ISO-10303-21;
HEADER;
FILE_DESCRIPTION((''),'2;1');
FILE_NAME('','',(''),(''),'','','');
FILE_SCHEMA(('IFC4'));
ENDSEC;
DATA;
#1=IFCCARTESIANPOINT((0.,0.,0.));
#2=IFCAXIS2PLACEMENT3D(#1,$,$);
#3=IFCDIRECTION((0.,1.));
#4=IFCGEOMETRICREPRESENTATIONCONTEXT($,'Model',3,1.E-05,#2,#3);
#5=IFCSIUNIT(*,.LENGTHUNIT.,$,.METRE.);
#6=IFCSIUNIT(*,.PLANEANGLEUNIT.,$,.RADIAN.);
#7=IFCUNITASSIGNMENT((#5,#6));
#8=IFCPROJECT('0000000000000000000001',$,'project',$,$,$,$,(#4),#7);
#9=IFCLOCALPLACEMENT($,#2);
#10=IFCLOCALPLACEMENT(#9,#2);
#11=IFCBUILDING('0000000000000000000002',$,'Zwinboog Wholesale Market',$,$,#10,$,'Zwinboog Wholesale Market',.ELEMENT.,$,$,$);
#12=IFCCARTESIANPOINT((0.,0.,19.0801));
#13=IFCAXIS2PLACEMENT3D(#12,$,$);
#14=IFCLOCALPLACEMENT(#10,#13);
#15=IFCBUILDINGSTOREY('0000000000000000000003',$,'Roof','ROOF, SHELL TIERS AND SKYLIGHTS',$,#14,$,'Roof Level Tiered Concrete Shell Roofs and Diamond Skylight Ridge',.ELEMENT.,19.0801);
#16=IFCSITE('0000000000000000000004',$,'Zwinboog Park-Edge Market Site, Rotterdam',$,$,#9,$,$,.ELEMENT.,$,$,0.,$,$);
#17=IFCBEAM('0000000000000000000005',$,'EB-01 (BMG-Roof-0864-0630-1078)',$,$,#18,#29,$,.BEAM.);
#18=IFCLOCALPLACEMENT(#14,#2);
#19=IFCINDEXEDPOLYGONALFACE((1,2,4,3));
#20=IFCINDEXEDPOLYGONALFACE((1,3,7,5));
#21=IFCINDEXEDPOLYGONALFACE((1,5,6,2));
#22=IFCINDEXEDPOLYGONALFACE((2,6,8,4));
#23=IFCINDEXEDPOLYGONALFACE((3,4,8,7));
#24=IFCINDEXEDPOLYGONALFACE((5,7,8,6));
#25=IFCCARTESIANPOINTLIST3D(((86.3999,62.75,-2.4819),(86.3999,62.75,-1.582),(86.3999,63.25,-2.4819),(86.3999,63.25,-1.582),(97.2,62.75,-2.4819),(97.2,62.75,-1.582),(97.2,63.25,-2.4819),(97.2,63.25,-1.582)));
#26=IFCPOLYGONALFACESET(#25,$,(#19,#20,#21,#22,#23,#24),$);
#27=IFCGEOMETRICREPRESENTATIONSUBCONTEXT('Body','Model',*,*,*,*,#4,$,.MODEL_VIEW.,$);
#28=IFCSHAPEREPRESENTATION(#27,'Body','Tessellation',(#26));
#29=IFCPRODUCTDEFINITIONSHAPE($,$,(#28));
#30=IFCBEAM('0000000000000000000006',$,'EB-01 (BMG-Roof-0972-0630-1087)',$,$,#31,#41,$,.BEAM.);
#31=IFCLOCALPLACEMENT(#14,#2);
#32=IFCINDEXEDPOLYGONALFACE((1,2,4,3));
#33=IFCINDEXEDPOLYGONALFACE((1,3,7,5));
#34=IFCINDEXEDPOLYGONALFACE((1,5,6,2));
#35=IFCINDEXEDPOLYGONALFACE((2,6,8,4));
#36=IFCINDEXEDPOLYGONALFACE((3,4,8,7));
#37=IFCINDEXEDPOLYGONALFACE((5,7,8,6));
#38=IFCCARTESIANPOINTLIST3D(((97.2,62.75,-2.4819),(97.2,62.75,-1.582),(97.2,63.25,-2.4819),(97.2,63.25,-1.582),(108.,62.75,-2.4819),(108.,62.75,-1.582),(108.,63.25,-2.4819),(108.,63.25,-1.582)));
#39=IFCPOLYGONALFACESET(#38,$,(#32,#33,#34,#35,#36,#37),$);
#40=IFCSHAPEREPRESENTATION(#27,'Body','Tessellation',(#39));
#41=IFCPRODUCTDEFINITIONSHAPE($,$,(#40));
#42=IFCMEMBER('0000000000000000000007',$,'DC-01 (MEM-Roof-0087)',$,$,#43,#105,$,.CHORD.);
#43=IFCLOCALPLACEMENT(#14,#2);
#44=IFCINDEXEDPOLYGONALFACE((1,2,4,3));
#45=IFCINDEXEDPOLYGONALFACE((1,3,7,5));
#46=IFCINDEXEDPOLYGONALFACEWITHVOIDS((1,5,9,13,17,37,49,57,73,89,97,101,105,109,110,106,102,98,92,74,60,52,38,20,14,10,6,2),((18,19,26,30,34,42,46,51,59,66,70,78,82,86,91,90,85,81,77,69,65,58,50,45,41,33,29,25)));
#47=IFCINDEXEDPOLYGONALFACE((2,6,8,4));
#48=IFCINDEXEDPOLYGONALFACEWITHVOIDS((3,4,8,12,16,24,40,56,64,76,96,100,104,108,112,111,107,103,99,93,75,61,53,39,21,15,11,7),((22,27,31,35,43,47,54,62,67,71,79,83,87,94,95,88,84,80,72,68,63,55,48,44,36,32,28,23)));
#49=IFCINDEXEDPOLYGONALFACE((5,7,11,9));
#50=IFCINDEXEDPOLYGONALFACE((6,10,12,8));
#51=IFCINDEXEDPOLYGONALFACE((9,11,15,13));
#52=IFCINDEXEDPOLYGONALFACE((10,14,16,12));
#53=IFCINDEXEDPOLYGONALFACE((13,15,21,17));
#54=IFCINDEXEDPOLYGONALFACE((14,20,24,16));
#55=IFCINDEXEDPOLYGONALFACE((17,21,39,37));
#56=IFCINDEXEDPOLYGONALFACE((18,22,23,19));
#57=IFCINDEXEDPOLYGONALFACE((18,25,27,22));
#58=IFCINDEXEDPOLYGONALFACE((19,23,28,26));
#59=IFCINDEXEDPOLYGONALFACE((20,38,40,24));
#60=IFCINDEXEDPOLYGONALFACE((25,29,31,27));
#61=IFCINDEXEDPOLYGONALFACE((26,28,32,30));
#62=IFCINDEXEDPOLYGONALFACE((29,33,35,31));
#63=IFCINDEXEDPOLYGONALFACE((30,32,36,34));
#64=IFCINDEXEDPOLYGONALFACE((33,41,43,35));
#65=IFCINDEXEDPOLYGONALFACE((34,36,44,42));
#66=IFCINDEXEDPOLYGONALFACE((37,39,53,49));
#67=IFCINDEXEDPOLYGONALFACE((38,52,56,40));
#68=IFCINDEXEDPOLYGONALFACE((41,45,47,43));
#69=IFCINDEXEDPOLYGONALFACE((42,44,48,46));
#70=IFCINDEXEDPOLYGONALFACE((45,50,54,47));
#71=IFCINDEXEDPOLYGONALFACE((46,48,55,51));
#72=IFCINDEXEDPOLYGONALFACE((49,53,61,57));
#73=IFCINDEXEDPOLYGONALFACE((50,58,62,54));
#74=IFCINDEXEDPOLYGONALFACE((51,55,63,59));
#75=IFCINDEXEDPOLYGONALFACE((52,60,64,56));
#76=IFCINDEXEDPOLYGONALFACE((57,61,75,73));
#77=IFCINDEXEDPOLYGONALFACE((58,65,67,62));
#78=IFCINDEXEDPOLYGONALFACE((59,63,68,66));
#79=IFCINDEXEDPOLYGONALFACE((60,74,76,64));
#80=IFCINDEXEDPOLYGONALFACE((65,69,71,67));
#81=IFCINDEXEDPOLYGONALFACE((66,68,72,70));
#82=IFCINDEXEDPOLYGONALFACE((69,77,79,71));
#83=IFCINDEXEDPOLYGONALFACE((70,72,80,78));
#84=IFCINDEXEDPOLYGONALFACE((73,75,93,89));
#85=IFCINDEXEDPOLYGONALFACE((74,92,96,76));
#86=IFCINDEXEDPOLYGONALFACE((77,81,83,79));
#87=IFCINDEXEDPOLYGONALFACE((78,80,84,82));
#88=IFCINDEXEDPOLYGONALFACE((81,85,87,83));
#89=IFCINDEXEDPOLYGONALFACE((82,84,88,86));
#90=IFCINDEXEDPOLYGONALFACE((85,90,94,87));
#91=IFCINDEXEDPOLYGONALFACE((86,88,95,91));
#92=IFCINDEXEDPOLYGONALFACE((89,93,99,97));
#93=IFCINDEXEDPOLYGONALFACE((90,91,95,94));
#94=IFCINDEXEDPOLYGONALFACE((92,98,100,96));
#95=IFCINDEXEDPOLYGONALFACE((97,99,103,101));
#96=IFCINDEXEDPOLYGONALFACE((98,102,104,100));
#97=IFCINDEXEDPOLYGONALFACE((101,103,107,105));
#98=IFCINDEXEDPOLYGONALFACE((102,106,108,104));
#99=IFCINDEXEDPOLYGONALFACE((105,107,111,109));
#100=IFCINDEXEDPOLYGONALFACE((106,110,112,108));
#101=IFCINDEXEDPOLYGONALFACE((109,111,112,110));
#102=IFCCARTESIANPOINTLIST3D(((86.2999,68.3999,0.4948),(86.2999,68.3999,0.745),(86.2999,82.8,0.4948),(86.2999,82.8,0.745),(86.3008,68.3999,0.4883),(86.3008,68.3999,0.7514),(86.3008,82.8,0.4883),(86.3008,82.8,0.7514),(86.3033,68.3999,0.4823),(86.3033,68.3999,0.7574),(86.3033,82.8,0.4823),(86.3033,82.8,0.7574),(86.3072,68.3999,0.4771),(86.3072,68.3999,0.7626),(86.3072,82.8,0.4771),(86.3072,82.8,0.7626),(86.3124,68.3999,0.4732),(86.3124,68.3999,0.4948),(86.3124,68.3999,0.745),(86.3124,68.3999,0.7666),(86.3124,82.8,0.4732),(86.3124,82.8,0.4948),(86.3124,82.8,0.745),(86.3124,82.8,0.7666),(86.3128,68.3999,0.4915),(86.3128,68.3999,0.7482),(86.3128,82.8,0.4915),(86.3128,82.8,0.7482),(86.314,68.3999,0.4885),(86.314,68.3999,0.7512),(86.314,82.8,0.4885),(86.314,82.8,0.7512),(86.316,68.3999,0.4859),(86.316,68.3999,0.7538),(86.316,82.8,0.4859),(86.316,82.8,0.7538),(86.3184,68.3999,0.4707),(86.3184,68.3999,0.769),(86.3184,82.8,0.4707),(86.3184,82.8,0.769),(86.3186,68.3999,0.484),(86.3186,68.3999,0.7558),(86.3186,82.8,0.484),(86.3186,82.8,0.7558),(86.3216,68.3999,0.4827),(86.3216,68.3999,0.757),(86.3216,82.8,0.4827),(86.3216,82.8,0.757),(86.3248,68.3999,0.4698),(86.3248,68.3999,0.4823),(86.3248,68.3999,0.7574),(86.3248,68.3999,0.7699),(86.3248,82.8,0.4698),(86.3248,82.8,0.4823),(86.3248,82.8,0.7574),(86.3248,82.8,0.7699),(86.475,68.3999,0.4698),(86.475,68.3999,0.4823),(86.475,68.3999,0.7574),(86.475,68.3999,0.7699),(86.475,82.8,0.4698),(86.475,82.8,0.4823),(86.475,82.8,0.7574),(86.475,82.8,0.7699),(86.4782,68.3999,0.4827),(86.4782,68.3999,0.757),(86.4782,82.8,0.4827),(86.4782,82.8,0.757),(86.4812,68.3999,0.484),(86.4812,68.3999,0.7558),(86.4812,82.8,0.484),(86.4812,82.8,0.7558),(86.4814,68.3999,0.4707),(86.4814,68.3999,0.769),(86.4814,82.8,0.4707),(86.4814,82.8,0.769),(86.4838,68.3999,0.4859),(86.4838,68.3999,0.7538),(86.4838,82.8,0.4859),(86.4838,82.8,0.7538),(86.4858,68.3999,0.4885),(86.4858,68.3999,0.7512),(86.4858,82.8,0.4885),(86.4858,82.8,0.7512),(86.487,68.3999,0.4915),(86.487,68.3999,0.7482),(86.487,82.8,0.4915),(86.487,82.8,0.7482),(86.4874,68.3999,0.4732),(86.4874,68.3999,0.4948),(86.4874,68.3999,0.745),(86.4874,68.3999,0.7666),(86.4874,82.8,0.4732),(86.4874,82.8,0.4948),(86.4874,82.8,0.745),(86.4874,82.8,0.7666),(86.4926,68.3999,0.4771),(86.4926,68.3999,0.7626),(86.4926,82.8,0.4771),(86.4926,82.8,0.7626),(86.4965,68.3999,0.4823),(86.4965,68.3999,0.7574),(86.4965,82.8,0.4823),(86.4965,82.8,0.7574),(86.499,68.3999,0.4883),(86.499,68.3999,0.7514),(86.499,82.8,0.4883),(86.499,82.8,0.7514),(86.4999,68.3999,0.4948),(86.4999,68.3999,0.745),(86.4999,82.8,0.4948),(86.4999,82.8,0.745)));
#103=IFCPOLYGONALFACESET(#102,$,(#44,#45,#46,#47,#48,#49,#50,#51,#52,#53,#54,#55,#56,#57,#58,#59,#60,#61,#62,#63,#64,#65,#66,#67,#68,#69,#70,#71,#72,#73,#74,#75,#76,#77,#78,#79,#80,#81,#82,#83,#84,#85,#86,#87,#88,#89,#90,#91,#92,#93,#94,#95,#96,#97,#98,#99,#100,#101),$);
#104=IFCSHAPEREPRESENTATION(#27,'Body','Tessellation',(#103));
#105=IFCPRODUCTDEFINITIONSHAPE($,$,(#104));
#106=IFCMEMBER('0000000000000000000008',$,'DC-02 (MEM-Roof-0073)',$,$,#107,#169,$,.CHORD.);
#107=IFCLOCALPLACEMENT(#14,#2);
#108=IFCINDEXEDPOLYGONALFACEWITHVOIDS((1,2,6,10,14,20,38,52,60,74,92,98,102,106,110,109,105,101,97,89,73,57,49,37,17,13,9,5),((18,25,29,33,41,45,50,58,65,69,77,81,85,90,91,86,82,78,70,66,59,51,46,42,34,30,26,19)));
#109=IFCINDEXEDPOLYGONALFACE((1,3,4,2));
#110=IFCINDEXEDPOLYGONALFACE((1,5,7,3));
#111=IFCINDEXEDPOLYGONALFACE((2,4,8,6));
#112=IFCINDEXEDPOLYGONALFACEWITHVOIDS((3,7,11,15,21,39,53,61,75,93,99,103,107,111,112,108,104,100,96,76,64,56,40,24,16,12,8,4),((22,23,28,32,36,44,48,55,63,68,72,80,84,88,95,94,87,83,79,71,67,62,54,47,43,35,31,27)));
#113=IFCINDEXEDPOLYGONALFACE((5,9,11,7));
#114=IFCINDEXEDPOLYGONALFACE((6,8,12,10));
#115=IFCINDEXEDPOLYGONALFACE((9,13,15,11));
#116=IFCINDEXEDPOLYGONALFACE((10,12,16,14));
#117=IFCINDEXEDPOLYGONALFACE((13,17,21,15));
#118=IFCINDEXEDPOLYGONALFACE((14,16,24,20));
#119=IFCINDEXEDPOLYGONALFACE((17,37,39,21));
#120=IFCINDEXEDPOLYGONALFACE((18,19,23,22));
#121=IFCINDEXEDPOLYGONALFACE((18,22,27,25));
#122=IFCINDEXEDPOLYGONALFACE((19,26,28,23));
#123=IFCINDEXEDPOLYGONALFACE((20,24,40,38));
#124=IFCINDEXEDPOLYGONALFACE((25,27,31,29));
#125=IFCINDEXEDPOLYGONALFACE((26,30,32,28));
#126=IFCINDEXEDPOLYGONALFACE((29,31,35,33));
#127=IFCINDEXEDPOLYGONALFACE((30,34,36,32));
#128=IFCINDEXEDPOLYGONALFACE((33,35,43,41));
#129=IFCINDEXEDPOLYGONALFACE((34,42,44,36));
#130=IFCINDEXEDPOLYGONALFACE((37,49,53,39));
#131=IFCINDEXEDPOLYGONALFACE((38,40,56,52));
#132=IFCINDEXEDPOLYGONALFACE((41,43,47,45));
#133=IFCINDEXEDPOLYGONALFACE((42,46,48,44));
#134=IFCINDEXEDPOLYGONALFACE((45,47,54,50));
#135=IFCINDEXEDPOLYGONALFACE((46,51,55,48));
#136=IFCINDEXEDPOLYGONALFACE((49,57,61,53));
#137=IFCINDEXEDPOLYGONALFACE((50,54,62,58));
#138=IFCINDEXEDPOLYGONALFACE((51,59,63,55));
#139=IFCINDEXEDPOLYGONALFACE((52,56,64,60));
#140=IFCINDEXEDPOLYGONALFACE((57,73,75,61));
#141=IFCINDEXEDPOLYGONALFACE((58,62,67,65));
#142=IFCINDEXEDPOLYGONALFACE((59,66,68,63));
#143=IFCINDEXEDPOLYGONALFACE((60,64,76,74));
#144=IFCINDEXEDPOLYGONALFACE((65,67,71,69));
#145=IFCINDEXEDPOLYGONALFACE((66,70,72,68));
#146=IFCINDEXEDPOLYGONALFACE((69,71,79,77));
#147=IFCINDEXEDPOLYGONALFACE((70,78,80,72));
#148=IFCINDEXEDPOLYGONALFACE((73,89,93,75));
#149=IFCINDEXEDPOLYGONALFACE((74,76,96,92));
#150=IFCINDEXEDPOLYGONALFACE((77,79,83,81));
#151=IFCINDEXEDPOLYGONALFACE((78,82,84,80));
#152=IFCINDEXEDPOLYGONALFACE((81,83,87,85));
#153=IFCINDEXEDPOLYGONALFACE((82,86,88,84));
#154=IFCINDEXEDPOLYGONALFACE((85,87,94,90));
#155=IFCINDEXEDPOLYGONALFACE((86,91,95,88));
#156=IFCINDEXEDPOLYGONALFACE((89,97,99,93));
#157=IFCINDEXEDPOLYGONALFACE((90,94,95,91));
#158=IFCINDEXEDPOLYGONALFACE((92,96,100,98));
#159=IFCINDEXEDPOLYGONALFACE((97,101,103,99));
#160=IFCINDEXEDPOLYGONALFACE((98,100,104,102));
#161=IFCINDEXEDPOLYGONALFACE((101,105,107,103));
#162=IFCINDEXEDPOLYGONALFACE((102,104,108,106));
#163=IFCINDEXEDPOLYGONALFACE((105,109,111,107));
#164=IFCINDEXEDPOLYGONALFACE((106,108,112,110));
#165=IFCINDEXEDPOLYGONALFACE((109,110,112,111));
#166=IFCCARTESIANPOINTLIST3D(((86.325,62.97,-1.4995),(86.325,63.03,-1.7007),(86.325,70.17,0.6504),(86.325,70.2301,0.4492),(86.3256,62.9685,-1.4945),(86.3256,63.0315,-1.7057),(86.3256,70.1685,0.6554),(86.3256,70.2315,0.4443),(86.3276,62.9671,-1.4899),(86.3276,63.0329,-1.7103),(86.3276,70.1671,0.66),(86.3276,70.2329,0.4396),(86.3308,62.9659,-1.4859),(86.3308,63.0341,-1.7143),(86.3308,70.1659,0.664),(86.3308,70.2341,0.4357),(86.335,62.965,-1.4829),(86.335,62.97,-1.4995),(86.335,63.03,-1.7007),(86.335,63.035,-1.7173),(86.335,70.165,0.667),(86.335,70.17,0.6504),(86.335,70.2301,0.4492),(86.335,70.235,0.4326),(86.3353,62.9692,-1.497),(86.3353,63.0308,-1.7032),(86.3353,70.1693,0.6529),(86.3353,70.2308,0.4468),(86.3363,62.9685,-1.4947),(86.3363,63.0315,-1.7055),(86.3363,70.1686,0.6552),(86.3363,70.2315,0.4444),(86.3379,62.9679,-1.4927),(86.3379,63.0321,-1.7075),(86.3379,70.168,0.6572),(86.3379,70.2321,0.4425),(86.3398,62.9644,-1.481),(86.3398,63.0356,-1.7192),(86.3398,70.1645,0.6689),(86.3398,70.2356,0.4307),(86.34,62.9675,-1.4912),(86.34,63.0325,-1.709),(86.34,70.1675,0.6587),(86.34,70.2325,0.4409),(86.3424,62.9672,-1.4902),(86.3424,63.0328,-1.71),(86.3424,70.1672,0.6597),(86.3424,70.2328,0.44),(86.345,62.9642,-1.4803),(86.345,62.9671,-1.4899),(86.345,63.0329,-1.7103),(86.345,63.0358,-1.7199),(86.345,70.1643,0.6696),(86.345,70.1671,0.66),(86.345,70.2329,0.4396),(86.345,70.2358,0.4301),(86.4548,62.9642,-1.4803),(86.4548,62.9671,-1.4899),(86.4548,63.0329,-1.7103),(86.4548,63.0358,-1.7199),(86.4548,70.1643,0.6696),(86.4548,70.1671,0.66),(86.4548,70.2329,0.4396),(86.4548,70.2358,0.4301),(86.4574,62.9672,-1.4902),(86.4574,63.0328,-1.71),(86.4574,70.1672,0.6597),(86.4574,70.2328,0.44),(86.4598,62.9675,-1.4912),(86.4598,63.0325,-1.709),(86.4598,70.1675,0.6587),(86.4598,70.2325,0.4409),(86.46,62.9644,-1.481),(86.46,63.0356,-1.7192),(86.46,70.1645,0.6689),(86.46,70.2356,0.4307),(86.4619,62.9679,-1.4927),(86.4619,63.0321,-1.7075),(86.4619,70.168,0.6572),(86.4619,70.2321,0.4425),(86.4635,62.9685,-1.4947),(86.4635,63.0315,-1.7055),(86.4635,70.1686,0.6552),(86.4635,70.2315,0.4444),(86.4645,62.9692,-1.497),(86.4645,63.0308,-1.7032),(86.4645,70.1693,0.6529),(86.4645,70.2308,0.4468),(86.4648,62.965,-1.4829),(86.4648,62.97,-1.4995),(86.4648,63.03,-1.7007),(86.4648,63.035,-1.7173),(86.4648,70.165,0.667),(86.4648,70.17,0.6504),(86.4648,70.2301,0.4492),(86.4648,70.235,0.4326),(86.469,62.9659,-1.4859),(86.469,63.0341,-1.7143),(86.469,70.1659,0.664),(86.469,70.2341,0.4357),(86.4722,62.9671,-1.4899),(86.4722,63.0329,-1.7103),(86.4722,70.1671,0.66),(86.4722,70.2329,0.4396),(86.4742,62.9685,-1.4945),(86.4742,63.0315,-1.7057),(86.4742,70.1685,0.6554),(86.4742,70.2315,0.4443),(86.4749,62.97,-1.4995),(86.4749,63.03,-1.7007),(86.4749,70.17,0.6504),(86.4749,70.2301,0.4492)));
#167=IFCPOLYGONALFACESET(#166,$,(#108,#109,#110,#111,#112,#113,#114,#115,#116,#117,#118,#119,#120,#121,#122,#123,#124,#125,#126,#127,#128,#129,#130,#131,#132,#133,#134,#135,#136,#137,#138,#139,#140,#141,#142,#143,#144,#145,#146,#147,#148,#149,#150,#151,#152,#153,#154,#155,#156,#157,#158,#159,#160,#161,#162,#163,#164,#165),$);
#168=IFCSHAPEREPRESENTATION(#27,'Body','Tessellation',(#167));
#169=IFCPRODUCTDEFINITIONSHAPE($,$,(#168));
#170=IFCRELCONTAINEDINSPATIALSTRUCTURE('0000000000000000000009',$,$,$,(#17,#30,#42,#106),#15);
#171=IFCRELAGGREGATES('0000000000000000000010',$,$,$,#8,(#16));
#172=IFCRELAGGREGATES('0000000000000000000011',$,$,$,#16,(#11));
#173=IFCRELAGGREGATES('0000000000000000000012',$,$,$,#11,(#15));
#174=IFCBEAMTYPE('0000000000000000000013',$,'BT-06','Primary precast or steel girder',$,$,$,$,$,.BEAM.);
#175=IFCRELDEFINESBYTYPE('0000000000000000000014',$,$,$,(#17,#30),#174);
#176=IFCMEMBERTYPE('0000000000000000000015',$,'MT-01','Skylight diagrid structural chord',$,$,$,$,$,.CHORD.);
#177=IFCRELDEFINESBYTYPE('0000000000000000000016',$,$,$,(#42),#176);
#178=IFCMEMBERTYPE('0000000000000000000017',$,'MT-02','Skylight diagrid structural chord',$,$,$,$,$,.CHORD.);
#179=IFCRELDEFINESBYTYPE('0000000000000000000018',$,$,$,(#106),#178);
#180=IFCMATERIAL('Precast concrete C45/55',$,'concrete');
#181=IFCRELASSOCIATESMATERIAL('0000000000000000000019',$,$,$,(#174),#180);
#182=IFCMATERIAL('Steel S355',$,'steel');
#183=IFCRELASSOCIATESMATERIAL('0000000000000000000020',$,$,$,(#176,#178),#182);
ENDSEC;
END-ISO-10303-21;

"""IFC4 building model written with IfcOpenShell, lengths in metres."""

from ifc_helpers import new_model, si_unit, direction, frame, origin, origin_2d, place, context, subcontext, project, spatial, rectangle, hollow_rectangle, extrude, material, material_profile, profile_set, type_object, element, save


model = new_model("IFC4")

# Units and contexts
model_context = context("Model", 3, precision=1e-05, world=origin(), true_north=direction((0.0, 1.0)))
body_context = subcontext(model_context, "Body", "Model", "MODEL_VIEW")
ifc_project = project(units=[si_unit("LENGTHUNIT", "METRE"), si_unit("PLANEANGLEUNIT", "RADIAN")], contexts=[model_context])

# Site, building, storey
site_placement = place(None, origin())
site = spatial("IfcSite", under=ifc_project, at=site_placement, Name="Zwinboog Park-Edge Market Site, Rotterdam", CompositionType="ELEMENT", RefElevation=0.0)
building_placement = place(site_placement, origin())
building = spatial("IfcBuilding", under=site, at=building_placement, Name="Zwinboog Wholesale Market", LongName="Zwinboog Wholesale Market", CompositionType="ELEMENT")
storey_placement = place(building_placement, frame((0.0, 0.0, 19.0801)))
storey = spatial("IfcBuildingStorey", under=building, at=storey_placement, Name="Roof", Description="ROOF, SHELL TIERS AND SKYLIGHTS", LongName="Roof Level Tiered Concrete Shell Roofs and Diamond Skylight Ridge", CompositionType="ELEMENT", Elevation=19.0801)

# Beams
ifc_material_1 = material(Name="Precast concrete C45/55", Category="concrete")
ifc_material_profile_1 = material_profile(ifc_material_1, rectangle(XDim=0.5, YDim=0.8999, at=origin_2d()), Name="PC 500x900")
ifc_profile_set_1 = profile_set([ifc_material_profile_1], Name="Precast concrete C45/55")
beam_type = type_object("IfcBeamType", Name="BT-06", Description="Primary precast or steel girder", PredefinedType="BEAM", material=ifc_profile_set_1)
for number, where, z_axis, x_axis, name in (
    (1, (86.3999, 63.0, -2.032), (1.0, 0.0, 0.0), (0.0, 1.0, 0.0), "EB-01 (BMG-Roof-0864-0630-1078)"),
    (2, (97.2, 63.0, -2.032), (1.0, 0.0, 0.0), (0.0, 1.0, 0.0), "EB-01 (BMG-Roof-0972-0630-1087)"),
):
    element("IfcBeam", number, at=place(storey_placement, frame(where, z_axis=z_axis, x_axis=x_axis)), inside=storey, type_object=beam_type, Name=name, PredefinedType="BEAM", context=body_context, shape_type="SweptSolid", body=[
        extrude(rectangle(XDim=0.5, YDim=0.8999, at=origin_2d()), origin(), (0.0, 0.0, 1.0), 10.8),
    ])

# Members
ifc_material_2 = material(Name="Steel S355", Category="steel")
ifc_material_profile_2 = material_profile(ifc_material_2, hollow_rectangle(XDim=0.2, YDim=0.3, WallThickness=0.0125, InnerFilletRadius=0.0125, OuterFilletRadius=0.0249, at=origin_2d()), Name="RHS 300x200x12.5")
ifc_profile_set_2 = profile_set([ifc_material_profile_2], Name="Steel S355")
member_type_1 = type_object("IfcMemberType", Name="MT-01", Description="Skylight diagrid structural chord", PredefinedType="CHORD", material=ifc_profile_set_2)
member_1_placement = place(storey_placement, frame((86.3999, 68.3999, 0.6199), z_axis=(0.0, 1.0, 0.0), x_axis=(-1.0, 0.0, 0.0)))
element("IfcMember", 3, at=member_1_placement, inside=storey, type_object=member_type_1, Name="DC-01 (MEM-Roof-0087)", PredefinedType="CHORD", context=body_context, shape_type="SweptSolid", body=[
    extrude(hollow_rectangle(XDim=0.2, YDim=0.3, WallThickness=0.0125, InnerFilletRadius=0.0125, OuterFilletRadius=0.0249, at=origin_2d()), origin(), (0.0, 0.0, 1.0), 14.4001),
])
ifc_material_profile_3 = material_profile(ifc_material_2, hollow_rectangle(XDim=0.1499, YDim=0.25, WallThickness=0.01, InnerFilletRadius=0.01, OuterFilletRadius=0.02, at=origin_2d()), Name="RHS 250x150x10")
ifc_profile_set_3 = profile_set([ifc_material_profile_3], Name="Steel S355")
member_type_2 = type_object("IfcMemberType", Name="MT-02", Description="Skylight diagrid structural chord", PredefinedType="CHORD", material=ifc_profile_set_3)
member_2_placement = place(storey_placement, frame((86.3999, 63.0, -1.6001), z_axis=(0.0, 0.958195, 0.286117), x_axis=(-1.0, 0.0, 0.0)))
element("IfcMember", 4, at=member_2_placement, inside=storey, type_object=member_type_2, Name="DC-02 (MEM-Roof-0073)", PredefinedType="CHORD", context=body_context, shape_type="SweptSolid", body=[
    extrude(hollow_rectangle(XDim=0.1499, YDim=0.25, WallThickness=0.01, InnerFilletRadius=0.01, OuterFilletRadius=0.02, at=origin_2d()), origin(), (0.0, 0.0, 1.0), 7.5142),
])

save(model, "model.ifc")
